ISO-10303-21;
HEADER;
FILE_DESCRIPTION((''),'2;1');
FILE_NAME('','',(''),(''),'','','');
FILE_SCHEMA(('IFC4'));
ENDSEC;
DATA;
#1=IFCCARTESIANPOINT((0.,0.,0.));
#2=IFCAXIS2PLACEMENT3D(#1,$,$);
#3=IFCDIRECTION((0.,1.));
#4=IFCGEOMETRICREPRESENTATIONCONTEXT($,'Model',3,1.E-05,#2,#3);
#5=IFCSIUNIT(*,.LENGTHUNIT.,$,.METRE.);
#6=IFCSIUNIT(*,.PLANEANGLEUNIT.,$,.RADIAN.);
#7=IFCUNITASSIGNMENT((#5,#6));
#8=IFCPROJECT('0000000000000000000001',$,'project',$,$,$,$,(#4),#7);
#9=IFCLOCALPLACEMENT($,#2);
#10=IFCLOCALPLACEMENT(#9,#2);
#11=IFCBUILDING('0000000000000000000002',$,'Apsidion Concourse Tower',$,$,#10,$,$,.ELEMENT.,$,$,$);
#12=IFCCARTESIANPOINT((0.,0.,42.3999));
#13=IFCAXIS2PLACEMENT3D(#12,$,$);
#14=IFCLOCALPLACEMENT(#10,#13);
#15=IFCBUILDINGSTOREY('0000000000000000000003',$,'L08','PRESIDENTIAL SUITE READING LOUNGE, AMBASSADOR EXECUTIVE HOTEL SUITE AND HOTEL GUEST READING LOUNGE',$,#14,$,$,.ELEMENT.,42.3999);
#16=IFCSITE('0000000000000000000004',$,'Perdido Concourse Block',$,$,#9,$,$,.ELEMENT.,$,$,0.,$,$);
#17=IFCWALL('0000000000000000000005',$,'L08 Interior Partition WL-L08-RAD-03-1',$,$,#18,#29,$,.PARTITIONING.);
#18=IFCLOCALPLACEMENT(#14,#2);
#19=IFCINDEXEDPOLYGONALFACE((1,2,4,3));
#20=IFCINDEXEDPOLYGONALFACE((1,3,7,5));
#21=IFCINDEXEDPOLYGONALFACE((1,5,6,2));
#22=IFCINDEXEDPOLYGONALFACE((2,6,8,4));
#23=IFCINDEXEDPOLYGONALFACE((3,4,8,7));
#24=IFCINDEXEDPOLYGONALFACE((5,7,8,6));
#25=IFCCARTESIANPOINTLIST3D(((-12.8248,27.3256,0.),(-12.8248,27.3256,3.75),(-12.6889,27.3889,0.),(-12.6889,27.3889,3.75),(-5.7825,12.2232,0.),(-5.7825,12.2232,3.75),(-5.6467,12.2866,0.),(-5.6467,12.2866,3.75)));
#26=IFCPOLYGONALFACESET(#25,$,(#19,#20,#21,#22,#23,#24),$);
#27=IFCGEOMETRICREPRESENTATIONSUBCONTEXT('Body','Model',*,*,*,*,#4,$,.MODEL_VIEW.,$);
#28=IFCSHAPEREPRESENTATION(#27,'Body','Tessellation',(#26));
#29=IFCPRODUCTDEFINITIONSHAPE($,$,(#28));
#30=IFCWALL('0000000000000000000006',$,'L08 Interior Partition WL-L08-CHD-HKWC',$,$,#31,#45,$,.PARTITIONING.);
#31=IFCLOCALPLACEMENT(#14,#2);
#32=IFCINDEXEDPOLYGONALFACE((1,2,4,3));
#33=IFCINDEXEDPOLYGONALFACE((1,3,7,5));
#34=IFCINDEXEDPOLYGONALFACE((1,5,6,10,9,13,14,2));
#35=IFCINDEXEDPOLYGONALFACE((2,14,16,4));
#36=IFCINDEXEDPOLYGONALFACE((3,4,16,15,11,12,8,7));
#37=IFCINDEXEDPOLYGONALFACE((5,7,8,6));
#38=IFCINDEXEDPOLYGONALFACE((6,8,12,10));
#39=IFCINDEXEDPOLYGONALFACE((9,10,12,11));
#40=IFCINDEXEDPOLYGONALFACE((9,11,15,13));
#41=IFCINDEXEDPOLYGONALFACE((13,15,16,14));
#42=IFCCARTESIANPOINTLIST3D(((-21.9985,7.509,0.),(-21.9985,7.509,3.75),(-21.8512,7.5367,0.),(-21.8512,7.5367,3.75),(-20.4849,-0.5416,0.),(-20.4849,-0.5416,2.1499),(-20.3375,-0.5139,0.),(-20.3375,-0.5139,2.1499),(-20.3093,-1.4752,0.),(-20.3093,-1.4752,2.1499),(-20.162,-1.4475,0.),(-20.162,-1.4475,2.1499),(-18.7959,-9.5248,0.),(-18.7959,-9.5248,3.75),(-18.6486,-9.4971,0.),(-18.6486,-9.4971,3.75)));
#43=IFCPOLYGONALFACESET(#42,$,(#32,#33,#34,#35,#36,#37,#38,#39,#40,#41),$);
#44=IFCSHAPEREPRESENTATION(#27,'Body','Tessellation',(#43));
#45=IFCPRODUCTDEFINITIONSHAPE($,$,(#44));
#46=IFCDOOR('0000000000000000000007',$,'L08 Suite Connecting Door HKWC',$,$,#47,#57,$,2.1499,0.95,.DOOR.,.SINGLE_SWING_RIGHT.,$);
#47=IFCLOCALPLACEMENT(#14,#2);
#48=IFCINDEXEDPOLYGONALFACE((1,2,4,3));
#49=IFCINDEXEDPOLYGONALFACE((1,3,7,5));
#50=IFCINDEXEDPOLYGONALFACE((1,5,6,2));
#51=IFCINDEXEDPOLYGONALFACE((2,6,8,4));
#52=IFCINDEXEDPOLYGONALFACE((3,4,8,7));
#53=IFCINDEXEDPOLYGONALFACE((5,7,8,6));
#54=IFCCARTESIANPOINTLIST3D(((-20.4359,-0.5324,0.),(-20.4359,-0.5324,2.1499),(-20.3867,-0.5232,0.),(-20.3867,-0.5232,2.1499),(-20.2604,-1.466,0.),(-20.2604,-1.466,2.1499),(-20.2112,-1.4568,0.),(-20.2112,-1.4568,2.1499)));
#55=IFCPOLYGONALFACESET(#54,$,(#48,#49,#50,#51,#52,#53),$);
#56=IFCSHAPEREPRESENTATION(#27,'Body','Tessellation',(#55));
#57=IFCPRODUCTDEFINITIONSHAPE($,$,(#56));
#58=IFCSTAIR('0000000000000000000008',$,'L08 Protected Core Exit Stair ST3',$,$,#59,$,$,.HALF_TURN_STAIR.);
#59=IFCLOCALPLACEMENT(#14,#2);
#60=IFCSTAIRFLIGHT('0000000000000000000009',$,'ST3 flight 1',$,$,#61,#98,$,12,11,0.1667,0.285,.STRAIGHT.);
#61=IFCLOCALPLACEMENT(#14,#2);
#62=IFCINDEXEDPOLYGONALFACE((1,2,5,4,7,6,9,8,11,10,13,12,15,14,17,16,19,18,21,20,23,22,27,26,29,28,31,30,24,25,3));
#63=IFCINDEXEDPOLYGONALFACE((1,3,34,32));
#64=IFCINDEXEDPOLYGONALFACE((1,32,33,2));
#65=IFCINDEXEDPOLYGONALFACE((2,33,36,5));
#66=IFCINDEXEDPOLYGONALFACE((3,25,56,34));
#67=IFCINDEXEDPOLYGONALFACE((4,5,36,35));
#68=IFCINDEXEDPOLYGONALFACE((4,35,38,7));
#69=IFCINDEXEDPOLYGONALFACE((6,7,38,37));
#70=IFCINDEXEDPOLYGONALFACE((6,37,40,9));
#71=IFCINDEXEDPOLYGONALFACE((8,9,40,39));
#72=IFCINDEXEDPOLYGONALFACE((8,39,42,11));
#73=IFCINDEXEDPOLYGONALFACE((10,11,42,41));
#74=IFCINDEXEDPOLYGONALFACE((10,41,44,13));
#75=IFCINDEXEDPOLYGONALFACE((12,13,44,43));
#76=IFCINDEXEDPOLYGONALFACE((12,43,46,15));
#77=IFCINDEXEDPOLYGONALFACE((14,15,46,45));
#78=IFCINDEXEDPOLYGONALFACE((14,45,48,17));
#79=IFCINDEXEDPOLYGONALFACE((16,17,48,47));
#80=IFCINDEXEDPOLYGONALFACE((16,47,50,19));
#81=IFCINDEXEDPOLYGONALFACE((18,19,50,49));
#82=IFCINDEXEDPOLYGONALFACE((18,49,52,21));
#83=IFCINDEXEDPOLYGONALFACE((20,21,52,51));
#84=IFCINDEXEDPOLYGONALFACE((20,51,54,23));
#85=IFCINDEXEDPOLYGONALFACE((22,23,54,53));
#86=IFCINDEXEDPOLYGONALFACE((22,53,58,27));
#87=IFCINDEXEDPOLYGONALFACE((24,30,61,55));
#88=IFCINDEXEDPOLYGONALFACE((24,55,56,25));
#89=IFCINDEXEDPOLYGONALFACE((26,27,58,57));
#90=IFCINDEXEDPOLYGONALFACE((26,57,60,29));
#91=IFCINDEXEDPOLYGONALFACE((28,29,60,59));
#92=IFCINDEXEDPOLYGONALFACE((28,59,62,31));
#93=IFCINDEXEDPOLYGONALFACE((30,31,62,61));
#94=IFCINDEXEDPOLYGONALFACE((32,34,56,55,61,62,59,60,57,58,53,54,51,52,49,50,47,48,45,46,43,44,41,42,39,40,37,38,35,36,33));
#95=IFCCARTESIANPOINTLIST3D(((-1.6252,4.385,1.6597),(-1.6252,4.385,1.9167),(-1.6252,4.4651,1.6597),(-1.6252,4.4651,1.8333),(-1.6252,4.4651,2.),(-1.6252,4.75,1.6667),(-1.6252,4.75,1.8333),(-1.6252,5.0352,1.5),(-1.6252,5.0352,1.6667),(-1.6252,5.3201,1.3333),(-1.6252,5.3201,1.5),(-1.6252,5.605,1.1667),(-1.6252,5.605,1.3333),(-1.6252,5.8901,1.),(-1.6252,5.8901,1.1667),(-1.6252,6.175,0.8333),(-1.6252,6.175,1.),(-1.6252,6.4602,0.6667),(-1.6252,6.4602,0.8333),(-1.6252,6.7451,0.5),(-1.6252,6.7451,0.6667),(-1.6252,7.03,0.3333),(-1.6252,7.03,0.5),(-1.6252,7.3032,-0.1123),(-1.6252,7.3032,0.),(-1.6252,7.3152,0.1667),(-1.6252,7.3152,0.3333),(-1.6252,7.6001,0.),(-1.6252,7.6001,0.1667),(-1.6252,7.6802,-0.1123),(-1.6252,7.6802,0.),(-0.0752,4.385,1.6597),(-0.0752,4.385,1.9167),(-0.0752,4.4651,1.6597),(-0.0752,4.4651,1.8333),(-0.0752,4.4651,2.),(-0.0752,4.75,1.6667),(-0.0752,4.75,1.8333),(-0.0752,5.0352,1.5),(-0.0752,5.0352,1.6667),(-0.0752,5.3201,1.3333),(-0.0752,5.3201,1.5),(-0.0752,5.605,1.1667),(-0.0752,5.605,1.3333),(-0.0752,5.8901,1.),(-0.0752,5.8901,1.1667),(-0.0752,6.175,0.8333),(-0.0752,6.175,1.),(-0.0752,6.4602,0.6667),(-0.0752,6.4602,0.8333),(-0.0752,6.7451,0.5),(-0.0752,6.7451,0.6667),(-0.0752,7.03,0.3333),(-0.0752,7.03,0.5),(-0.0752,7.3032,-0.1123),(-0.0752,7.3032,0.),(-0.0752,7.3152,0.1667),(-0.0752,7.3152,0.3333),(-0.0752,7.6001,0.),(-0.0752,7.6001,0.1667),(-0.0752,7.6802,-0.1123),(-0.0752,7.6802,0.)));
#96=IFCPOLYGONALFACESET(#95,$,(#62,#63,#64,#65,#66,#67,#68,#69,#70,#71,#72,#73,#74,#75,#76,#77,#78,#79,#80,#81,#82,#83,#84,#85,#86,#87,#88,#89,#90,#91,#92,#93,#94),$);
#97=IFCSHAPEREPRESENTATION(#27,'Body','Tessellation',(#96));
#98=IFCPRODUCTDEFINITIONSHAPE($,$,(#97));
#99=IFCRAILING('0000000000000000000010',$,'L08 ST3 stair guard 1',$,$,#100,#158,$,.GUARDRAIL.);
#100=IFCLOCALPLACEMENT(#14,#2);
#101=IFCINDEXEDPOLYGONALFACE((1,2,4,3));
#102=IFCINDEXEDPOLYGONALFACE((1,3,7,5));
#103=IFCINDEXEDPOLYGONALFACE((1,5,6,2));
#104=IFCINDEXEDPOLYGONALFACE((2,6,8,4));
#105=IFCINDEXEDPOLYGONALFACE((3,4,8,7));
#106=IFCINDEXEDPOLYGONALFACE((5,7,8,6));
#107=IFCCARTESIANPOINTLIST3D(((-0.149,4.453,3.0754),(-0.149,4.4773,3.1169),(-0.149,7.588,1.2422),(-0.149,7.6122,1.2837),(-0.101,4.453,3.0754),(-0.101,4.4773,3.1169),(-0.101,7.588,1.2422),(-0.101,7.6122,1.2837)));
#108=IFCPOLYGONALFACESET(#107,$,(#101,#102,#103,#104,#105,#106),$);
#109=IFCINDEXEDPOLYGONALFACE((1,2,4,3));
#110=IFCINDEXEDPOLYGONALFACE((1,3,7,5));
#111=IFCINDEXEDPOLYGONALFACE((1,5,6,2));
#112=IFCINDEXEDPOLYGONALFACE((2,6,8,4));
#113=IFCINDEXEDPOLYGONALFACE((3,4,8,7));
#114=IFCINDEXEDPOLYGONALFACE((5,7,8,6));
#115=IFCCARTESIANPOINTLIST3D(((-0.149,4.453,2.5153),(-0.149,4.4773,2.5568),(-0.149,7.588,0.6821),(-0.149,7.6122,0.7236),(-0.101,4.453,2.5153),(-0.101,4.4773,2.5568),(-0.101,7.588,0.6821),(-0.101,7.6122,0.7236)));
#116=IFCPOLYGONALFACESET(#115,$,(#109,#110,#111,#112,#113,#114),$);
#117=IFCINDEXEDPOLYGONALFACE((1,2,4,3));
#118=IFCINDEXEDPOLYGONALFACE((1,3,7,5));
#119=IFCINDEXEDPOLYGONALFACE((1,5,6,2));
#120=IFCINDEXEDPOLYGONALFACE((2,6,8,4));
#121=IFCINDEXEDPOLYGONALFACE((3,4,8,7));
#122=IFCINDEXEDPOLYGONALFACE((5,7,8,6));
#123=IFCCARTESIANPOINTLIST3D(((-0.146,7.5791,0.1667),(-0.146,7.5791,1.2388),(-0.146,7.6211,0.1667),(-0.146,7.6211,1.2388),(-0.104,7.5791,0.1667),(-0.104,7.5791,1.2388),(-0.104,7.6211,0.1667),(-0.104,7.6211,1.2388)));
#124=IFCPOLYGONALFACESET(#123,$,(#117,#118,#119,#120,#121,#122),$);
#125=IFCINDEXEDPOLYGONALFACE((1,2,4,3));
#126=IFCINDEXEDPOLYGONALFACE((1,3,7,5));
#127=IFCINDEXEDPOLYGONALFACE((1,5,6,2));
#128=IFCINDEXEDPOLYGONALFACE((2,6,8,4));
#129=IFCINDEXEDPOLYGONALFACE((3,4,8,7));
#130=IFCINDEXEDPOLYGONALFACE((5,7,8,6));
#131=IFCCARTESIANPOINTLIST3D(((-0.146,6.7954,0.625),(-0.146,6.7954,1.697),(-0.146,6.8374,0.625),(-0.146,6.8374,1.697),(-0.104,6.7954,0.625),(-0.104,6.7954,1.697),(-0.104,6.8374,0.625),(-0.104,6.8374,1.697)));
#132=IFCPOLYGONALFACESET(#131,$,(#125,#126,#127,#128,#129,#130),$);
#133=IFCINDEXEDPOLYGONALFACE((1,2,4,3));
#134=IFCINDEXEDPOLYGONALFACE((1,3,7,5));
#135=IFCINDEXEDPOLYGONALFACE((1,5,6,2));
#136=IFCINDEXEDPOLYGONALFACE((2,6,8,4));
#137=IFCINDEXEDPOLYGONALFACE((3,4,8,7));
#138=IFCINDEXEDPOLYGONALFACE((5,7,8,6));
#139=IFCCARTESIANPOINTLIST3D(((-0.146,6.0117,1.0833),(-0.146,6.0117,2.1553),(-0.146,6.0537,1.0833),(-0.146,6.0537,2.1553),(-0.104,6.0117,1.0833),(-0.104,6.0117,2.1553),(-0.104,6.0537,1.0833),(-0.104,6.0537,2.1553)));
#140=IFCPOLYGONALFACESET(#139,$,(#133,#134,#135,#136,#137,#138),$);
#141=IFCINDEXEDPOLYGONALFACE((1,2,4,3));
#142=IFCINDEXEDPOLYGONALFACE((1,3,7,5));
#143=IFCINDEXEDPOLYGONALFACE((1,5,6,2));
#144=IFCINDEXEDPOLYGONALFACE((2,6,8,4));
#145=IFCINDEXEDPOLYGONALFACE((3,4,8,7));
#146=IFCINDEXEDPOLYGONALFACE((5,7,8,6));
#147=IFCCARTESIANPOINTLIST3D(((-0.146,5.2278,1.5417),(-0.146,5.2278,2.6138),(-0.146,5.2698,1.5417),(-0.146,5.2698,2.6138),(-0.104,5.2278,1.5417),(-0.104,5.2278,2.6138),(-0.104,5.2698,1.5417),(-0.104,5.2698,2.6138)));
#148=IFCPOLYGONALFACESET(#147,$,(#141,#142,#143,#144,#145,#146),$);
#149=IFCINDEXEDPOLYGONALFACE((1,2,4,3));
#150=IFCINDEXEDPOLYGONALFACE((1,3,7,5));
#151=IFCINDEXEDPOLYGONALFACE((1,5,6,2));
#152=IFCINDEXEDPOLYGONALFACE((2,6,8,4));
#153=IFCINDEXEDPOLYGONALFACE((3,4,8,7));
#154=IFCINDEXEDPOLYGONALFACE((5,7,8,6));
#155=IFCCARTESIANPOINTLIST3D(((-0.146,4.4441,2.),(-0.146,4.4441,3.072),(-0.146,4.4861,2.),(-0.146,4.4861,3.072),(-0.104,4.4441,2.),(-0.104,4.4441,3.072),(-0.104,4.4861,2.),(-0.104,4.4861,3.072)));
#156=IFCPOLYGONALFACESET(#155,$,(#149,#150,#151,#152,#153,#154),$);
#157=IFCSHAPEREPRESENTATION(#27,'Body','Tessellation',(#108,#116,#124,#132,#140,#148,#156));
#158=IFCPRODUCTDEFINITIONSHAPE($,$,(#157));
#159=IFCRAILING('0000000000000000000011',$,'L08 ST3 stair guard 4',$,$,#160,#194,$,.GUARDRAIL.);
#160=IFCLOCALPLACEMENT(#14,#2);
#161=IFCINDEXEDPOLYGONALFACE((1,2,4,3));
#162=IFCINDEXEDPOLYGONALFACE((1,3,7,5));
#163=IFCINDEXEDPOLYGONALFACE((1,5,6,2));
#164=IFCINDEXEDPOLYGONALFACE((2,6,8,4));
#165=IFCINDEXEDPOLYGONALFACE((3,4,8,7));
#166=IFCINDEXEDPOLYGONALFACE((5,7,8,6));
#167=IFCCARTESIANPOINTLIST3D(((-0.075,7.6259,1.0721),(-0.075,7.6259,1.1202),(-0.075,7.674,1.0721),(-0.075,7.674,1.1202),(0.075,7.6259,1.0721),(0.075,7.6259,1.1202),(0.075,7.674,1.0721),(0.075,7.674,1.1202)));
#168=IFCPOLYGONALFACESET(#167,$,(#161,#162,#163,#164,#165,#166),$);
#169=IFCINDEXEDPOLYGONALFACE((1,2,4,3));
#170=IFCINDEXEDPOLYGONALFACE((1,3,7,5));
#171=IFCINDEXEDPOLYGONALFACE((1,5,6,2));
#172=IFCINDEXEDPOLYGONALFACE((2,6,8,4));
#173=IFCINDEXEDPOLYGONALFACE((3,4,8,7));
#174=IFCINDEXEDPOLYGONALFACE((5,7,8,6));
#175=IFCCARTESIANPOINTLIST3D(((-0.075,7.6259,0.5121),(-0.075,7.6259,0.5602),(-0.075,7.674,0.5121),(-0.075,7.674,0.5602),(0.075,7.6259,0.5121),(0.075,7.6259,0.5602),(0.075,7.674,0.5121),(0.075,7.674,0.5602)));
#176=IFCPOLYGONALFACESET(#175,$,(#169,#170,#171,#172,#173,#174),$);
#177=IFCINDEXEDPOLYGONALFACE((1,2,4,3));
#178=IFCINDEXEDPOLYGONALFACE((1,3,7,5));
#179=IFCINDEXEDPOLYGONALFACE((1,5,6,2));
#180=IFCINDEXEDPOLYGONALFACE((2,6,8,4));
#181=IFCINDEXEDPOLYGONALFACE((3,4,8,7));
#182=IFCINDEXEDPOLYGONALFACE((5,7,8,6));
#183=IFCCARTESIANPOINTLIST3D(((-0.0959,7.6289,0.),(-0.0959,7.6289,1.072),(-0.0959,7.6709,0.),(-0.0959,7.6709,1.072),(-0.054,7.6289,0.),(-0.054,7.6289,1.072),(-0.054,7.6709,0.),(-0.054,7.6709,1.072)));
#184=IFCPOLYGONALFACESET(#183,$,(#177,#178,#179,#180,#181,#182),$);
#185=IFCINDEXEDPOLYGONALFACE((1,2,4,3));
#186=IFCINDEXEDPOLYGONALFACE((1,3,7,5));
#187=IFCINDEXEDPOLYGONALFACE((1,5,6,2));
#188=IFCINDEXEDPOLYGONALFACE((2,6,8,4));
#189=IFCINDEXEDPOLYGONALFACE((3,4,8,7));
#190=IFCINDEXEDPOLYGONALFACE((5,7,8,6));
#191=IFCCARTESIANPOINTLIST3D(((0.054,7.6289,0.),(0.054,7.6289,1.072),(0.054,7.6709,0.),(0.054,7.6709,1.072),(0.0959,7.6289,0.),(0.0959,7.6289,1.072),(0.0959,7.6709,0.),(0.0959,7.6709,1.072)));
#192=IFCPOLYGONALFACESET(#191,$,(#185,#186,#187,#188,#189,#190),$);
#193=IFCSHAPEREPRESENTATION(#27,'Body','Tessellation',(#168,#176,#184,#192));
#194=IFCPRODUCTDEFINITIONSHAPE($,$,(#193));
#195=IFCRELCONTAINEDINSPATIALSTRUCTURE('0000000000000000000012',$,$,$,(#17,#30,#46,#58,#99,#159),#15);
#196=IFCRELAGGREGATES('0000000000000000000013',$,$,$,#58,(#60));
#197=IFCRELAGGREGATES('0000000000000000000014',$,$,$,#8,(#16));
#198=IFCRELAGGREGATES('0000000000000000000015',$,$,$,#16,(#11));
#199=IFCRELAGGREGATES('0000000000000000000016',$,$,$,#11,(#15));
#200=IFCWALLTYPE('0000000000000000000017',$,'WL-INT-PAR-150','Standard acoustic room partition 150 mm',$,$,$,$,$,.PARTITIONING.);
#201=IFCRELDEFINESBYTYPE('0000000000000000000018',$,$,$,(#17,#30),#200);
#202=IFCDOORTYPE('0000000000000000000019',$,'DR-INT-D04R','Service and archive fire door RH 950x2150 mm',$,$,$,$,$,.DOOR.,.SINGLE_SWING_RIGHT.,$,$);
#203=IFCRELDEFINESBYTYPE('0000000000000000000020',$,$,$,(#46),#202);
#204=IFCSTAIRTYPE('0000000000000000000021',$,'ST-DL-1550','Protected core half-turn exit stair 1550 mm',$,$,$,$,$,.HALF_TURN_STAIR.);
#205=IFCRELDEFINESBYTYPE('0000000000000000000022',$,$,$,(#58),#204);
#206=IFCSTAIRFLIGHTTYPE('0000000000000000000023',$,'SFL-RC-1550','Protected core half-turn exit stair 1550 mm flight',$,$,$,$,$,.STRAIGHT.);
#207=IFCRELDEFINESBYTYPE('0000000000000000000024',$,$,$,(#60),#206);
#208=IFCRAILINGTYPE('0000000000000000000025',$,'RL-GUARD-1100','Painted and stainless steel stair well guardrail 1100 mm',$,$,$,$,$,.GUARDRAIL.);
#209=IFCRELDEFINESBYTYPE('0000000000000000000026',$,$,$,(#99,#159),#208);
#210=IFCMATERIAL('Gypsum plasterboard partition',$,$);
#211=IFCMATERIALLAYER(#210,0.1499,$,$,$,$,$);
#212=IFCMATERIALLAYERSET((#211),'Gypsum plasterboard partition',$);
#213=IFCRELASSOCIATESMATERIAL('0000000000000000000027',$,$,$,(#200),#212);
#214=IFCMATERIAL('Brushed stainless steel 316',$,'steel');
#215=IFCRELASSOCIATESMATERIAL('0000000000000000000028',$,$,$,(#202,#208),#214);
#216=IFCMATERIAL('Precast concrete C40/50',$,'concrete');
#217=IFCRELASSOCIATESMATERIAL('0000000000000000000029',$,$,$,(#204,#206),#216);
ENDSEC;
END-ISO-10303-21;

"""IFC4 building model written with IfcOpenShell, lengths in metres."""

from ifc_helpers import new_model, si_unit, direction, frame, frame_2d, origin, origin_2d, place, context, subcontext, project, spatial, polyline, rectangle, outline, extrude, material, layer, layer_set, type_object, element, fill, aggregate, save


model = new_model("IFC4")

# Units and contexts
model_context = context("Model", 3, precision=1e-05, world=origin(), true_north=direction((0.0, 1.0)))
body_context = subcontext(model_context, "Body", "Model", "MODEL_VIEW")
ifc_project = project(units=[si_unit("LENGTHUNIT", "METRE"), si_unit("PLANEANGLEUNIT", "RADIAN")], contexts=[model_context])

# Site, building, storey
site_placement = place(None, origin())
site = spatial("IfcSite", under=ifc_project, at=site_placement, Name="Perdido Concourse Block", CompositionType="ELEMENT", RefElevation=0.0)
building_placement = place(site_placement, origin())
building = spatial("IfcBuilding", under=site, at=building_placement, Name="Apsidion Concourse Tower", CompositionType="ELEMENT")
storey_placement = place(building_placement, frame((0.0, 0.0, 42.3999)))
storey = spatial("IfcBuildingStorey", under=building, at=storey_placement, Name="L08", Description="PRESIDENTIAL SUITE READING LOUNGE, AMBASSADOR EXECUTIVE HOTEL SUITE AND HOTEL GUEST READING LOUNGE", CompositionType="ELEMENT", Elevation=42.3999)

# Shared definitions
ifc_material_1 = material(Name="Precast concrete C40/50", Category="concrete")

# Shared definitions
ifc_material_2 = material(Name="Gypsum plasterboard partition")

# Shared definitions
ifc_layer_1 = layer(ifc_material_2, 0.1499)
ifc_layer_set_1 = layer_set([ifc_layer_1], Name="Gypsum plasterboard partition")
wall_type_1 = type_object("IfcWallType", Name="WL-INT-PAR-150", Description="Standard acoustic room partition 150 mm", PredefinedType="PARTITIONING", material=ifc_layer_set_1)
ifc_material_3 = material(Name="Brushed stainless steel 316", Category="steel")

# Wall
wall_1_placement = place(storey_placement, frame((-5.7146, 12.2549, 0.0), z_axis=(0.0, 0.0, 1.0), x_axis=(-0.422614, 0.90631, 0.0)))
element("IfcWall", 1, at=wall_1_placement, inside=storey, type_object=wall_type_1, Name="L08 Interior Partition WL-L08-RAD-03-1", PredefinedType="PARTITIONING", context=body_context, shape_type="SweptSolid", body=[
    extrude(rectangle(XDim=16.6636, YDim=0.1499, at=frame_2d((8.3318, 0.0))), origin(), (0.0, 0.0, 1.0), 3.75),
])

# Wall, opening, door
wall_2_placement = place(storey_placement, frame((-21.9248, 7.5227, 0.0), z_axis=(0.0, 0.0, 1.0), x_axis=(0.184778, -0.98278, 0.0)))
wall_2 = element("IfcWall", 2, at=wall_2_placement, inside=storey, type_object=wall_type_1, Name="L08 Interior Partition WL-L08-CHD-HKWC", PredefinedType="PARTITIONING", context=body_context, shape_type="SweptSolid", body=[
    extrude(rectangle(XDim=17.3323, YDim=0.1499, at=frame_2d((8.666, 0.0))), origin(), (0.0, 0.0, 1.0), 3.75),
])
opening_1_placement = place(wall_2_placement, frame((8.1914, 0.0, 0.0)))
opening_1 = element("IfcOpeningElement", 3, at=opening_1_placement, cuts=wall_2, PredefinedType="OPENING", context=body_context, shape_type="SweptSolid", body=[
    extrude(rectangle(XDim=0.95, YDim=2.1499, at=frame_2d((0.4751, 1.075))), frame((0.0, 0.085, 0.0), z_axis=(0.0, -1.0, 0.0), x_axis=(1.0, 0.0, 0.0)), (0.0, 0.0, 1.0), 0.1699),
])
door_type_1 = type_object("IfcDoorType", Name="DR-INT-D04R", Description="Service and archive fire door RH 950x2150 mm", OperationType="SINGLE_SWING_RIGHT", PredefinedType="DOOR", material=ifc_material_3)
door_1_placement = place(opening_1_placement, origin())
door_1 = element("IfcDoor", 4, at=door_1_placement, inside=storey, type_object=door_type_1, Name="L08 Suite Connecting Door HKWC", OperationType="SINGLE_SWING_RIGHT", OverallHeight=2.1499, OverallWidth=0.95, PredefinedType="DOOR", context=body_context, shape_type="SweptSolid", body=[
    extrude(rectangle(XDim=0.95, YDim=2.1499, at=frame_2d((0.4751, 1.075))), frame((0.0, 0.0249, 0.0), z_axis=(0.0, -1.0, 0.0), x_axis=(1.0, 0.0, 0.0)), (0.0, 0.0, 1.0), 0.05),
])
fill(opening_1, door_1)

# Stair, stair flight
stair_type = type_object("IfcStairType", Name="ST-DL-1550", Description="Protected core half-turn exit stair 1550 mm", PredefinedType="HALF_TURN_STAIR", material=ifc_material_1)
stair_placement = place(storey_placement, origin())
stair = element("IfcStair", 5, at=stair_placement, inside=storey, type_object=stair_type, Name="L08 Protected Core Exit Stair ST3", PredefinedType="HALF_TURN_STAIR")
stair_flight_type = type_object("IfcStairFlightType", Name="SFL-RC-1550", Description="Protected core half-turn exit stair 1550 mm flight", PredefinedType="STRAIGHT", material=ifc_material_1)
stair_flight_placement = place(storey_placement, frame((-0.8501, 7.6001, 0.0), z_axis=(0.0, 0.0, 1.0), x_axis=(0.0, -1.0, 0.0)))
stair_flight = element("IfcStairFlight", 6, at=stair_flight_placement, type_object=stair_flight_type, Name="ST3 flight 1", NumberOfRisers=12, NumberOfTreads=11, PredefinedType="STRAIGHT", RiserHeight=0.1667, TreadLength=0.285, context=body_context, shape_type="SweptSolid", body=[
    extrude(outline(polyline([(-0.0801, -0.1123), (-0.0801, 0.0), (0.0, 0.0), (0.0, 0.1667), (0.2849, 0.1667), (0.2849, 0.3333), (0.5701, 0.3333), (0.5701, 0.5), (0.855, 0.5), (0.855, 0.6667), (1.1399, 0.6667), (1.1399, 0.8333), (1.425, 0.8333), (1.425, 1.0), (1.71, 1.0), (1.71, 1.1667), (1.9951, 1.1667), (1.9951, 1.3333), (2.28, 1.3333), (2.28, 1.5), (2.5649, 1.5), (2.5649, 1.6667), (2.8501, 1.6667), (2.8501, 1.8333), (3.135, 1.8333), (3.135, 2.0), (3.2151, 1.9167), (3.2151, 1.6597), (3.135, 1.6597), (0.2969, 0.0), (0.2969, -0.1123), (-0.0801, -0.1123)])), frame((0.0, 0.7749, 0.0), z_axis=(0.0, -1.0, 0.0), x_axis=(1.0, 0.0, 0.0)), (0.0, 0.0, 1.0), 1.55),
])
aggregate(stair, [stair_flight])

# Railings
railing_type_1 = type_object("IfcRailingType", Name="RL-GUARD-1100", Description="Painted and stainless steel stair well guardrail 1100 mm", PredefinedType="GUARDRAIL", material=ifc_material_3)
railing_1_placement = place(storey_placement, frame((-0.125, 7.6001, 0.1667)))
element("IfcRailing", 7, at=railing_1_placement, inside=storey, type_object=railing_type_1, Name="L08 ST3 stair guard 1", PredefinedType="GUARDRAIL", context=body_context, shape_type="SweptSolid", body=[
    extrude(rectangle(XDim=0.0481, YDim=0.0481, at=origin_2d()), frame((0.0, 0.0, 1.0962), z_axis=(0.0, -0.86324, 0.504794), x_axis=(1.0, 0.0, 0.0)), (0.0, 0.0, 1.0), 3.6316),
    extrude(rectangle(XDim=0.0481, YDim=0.0481, at=origin_2d()), frame((0.0, 0.0, 0.5361), z_axis=(0.0, -0.86324, 0.504794), x_axis=(1.0, 0.0, 0.0)), (0.0, 0.0, 1.0), 3.6316),
    extrude(rectangle(XDim=0.042, YDim=0.042, at=origin_2d()), origin(), (0.0, 0.0, 1.0), 1.072),
    extrude(rectangle(XDim=0.042, YDim=0.042, at=origin_2d()), frame((0.0, -0.7837, 0.4583)), (0.0, 0.0, 1.0), 1.072),
    extrude(rectangle(XDim=0.042, YDim=0.042, at=origin_2d()), frame((0.0, -1.5674, 0.9165)), (0.0, 0.0, 1.0), 1.072),
    extrude(rectangle(XDim=0.042, YDim=0.042, at=origin_2d()), frame((0.0, -2.3513, 1.375)), (0.0, 0.0, 1.0), 1.072),
    extrude(rectangle(XDim=0.042, YDim=0.042, at=origin_2d()), frame((0.0, -3.135, 1.8333)), (0.0, 0.0, 1.0), 1.072),
])
railing_2_placement = place(storey_placement, frame((-0.075, 7.6499, 0.0)))
element("IfcRailing", 8, at=railing_2_placement, inside=storey, type_object=railing_type_1, Name="L08 ST3 stair guard 4", PredefinedType="GUARDRAIL", context=body_context, shape_type="SweptSolid", body=[
    extrude(rectangle(XDim=0.0481, YDim=0.0481, at=origin_2d()), frame((0.0, 0.0, 1.0962), z_axis=(1.0, 0.0, 0.0), x_axis=(0.0, 1.0, 0.0)), (0.0, 0.0, 1.0), 0.1499),
    extrude(rectangle(XDim=0.0481, YDim=0.0481, at=origin_2d()), frame((0.0, 0.0, 0.5361), z_axis=(1.0, 0.0, 0.0), x_axis=(0.0, 1.0, 0.0)), (0.0, 0.0, 1.0), 0.1499),
    extrude(rectangle(XDim=0.042, YDim=0.042, at=origin_2d()), origin(), (0.0, 0.0, 1.0), 1.072),
    extrude(rectangle(XDim=0.042, YDim=0.042, at=origin_2d()), frame((0.1499, 0.0, 0.0)), (0.0, 0.0, 1.0), 1.072),
])

save(model, "model.ifc")
